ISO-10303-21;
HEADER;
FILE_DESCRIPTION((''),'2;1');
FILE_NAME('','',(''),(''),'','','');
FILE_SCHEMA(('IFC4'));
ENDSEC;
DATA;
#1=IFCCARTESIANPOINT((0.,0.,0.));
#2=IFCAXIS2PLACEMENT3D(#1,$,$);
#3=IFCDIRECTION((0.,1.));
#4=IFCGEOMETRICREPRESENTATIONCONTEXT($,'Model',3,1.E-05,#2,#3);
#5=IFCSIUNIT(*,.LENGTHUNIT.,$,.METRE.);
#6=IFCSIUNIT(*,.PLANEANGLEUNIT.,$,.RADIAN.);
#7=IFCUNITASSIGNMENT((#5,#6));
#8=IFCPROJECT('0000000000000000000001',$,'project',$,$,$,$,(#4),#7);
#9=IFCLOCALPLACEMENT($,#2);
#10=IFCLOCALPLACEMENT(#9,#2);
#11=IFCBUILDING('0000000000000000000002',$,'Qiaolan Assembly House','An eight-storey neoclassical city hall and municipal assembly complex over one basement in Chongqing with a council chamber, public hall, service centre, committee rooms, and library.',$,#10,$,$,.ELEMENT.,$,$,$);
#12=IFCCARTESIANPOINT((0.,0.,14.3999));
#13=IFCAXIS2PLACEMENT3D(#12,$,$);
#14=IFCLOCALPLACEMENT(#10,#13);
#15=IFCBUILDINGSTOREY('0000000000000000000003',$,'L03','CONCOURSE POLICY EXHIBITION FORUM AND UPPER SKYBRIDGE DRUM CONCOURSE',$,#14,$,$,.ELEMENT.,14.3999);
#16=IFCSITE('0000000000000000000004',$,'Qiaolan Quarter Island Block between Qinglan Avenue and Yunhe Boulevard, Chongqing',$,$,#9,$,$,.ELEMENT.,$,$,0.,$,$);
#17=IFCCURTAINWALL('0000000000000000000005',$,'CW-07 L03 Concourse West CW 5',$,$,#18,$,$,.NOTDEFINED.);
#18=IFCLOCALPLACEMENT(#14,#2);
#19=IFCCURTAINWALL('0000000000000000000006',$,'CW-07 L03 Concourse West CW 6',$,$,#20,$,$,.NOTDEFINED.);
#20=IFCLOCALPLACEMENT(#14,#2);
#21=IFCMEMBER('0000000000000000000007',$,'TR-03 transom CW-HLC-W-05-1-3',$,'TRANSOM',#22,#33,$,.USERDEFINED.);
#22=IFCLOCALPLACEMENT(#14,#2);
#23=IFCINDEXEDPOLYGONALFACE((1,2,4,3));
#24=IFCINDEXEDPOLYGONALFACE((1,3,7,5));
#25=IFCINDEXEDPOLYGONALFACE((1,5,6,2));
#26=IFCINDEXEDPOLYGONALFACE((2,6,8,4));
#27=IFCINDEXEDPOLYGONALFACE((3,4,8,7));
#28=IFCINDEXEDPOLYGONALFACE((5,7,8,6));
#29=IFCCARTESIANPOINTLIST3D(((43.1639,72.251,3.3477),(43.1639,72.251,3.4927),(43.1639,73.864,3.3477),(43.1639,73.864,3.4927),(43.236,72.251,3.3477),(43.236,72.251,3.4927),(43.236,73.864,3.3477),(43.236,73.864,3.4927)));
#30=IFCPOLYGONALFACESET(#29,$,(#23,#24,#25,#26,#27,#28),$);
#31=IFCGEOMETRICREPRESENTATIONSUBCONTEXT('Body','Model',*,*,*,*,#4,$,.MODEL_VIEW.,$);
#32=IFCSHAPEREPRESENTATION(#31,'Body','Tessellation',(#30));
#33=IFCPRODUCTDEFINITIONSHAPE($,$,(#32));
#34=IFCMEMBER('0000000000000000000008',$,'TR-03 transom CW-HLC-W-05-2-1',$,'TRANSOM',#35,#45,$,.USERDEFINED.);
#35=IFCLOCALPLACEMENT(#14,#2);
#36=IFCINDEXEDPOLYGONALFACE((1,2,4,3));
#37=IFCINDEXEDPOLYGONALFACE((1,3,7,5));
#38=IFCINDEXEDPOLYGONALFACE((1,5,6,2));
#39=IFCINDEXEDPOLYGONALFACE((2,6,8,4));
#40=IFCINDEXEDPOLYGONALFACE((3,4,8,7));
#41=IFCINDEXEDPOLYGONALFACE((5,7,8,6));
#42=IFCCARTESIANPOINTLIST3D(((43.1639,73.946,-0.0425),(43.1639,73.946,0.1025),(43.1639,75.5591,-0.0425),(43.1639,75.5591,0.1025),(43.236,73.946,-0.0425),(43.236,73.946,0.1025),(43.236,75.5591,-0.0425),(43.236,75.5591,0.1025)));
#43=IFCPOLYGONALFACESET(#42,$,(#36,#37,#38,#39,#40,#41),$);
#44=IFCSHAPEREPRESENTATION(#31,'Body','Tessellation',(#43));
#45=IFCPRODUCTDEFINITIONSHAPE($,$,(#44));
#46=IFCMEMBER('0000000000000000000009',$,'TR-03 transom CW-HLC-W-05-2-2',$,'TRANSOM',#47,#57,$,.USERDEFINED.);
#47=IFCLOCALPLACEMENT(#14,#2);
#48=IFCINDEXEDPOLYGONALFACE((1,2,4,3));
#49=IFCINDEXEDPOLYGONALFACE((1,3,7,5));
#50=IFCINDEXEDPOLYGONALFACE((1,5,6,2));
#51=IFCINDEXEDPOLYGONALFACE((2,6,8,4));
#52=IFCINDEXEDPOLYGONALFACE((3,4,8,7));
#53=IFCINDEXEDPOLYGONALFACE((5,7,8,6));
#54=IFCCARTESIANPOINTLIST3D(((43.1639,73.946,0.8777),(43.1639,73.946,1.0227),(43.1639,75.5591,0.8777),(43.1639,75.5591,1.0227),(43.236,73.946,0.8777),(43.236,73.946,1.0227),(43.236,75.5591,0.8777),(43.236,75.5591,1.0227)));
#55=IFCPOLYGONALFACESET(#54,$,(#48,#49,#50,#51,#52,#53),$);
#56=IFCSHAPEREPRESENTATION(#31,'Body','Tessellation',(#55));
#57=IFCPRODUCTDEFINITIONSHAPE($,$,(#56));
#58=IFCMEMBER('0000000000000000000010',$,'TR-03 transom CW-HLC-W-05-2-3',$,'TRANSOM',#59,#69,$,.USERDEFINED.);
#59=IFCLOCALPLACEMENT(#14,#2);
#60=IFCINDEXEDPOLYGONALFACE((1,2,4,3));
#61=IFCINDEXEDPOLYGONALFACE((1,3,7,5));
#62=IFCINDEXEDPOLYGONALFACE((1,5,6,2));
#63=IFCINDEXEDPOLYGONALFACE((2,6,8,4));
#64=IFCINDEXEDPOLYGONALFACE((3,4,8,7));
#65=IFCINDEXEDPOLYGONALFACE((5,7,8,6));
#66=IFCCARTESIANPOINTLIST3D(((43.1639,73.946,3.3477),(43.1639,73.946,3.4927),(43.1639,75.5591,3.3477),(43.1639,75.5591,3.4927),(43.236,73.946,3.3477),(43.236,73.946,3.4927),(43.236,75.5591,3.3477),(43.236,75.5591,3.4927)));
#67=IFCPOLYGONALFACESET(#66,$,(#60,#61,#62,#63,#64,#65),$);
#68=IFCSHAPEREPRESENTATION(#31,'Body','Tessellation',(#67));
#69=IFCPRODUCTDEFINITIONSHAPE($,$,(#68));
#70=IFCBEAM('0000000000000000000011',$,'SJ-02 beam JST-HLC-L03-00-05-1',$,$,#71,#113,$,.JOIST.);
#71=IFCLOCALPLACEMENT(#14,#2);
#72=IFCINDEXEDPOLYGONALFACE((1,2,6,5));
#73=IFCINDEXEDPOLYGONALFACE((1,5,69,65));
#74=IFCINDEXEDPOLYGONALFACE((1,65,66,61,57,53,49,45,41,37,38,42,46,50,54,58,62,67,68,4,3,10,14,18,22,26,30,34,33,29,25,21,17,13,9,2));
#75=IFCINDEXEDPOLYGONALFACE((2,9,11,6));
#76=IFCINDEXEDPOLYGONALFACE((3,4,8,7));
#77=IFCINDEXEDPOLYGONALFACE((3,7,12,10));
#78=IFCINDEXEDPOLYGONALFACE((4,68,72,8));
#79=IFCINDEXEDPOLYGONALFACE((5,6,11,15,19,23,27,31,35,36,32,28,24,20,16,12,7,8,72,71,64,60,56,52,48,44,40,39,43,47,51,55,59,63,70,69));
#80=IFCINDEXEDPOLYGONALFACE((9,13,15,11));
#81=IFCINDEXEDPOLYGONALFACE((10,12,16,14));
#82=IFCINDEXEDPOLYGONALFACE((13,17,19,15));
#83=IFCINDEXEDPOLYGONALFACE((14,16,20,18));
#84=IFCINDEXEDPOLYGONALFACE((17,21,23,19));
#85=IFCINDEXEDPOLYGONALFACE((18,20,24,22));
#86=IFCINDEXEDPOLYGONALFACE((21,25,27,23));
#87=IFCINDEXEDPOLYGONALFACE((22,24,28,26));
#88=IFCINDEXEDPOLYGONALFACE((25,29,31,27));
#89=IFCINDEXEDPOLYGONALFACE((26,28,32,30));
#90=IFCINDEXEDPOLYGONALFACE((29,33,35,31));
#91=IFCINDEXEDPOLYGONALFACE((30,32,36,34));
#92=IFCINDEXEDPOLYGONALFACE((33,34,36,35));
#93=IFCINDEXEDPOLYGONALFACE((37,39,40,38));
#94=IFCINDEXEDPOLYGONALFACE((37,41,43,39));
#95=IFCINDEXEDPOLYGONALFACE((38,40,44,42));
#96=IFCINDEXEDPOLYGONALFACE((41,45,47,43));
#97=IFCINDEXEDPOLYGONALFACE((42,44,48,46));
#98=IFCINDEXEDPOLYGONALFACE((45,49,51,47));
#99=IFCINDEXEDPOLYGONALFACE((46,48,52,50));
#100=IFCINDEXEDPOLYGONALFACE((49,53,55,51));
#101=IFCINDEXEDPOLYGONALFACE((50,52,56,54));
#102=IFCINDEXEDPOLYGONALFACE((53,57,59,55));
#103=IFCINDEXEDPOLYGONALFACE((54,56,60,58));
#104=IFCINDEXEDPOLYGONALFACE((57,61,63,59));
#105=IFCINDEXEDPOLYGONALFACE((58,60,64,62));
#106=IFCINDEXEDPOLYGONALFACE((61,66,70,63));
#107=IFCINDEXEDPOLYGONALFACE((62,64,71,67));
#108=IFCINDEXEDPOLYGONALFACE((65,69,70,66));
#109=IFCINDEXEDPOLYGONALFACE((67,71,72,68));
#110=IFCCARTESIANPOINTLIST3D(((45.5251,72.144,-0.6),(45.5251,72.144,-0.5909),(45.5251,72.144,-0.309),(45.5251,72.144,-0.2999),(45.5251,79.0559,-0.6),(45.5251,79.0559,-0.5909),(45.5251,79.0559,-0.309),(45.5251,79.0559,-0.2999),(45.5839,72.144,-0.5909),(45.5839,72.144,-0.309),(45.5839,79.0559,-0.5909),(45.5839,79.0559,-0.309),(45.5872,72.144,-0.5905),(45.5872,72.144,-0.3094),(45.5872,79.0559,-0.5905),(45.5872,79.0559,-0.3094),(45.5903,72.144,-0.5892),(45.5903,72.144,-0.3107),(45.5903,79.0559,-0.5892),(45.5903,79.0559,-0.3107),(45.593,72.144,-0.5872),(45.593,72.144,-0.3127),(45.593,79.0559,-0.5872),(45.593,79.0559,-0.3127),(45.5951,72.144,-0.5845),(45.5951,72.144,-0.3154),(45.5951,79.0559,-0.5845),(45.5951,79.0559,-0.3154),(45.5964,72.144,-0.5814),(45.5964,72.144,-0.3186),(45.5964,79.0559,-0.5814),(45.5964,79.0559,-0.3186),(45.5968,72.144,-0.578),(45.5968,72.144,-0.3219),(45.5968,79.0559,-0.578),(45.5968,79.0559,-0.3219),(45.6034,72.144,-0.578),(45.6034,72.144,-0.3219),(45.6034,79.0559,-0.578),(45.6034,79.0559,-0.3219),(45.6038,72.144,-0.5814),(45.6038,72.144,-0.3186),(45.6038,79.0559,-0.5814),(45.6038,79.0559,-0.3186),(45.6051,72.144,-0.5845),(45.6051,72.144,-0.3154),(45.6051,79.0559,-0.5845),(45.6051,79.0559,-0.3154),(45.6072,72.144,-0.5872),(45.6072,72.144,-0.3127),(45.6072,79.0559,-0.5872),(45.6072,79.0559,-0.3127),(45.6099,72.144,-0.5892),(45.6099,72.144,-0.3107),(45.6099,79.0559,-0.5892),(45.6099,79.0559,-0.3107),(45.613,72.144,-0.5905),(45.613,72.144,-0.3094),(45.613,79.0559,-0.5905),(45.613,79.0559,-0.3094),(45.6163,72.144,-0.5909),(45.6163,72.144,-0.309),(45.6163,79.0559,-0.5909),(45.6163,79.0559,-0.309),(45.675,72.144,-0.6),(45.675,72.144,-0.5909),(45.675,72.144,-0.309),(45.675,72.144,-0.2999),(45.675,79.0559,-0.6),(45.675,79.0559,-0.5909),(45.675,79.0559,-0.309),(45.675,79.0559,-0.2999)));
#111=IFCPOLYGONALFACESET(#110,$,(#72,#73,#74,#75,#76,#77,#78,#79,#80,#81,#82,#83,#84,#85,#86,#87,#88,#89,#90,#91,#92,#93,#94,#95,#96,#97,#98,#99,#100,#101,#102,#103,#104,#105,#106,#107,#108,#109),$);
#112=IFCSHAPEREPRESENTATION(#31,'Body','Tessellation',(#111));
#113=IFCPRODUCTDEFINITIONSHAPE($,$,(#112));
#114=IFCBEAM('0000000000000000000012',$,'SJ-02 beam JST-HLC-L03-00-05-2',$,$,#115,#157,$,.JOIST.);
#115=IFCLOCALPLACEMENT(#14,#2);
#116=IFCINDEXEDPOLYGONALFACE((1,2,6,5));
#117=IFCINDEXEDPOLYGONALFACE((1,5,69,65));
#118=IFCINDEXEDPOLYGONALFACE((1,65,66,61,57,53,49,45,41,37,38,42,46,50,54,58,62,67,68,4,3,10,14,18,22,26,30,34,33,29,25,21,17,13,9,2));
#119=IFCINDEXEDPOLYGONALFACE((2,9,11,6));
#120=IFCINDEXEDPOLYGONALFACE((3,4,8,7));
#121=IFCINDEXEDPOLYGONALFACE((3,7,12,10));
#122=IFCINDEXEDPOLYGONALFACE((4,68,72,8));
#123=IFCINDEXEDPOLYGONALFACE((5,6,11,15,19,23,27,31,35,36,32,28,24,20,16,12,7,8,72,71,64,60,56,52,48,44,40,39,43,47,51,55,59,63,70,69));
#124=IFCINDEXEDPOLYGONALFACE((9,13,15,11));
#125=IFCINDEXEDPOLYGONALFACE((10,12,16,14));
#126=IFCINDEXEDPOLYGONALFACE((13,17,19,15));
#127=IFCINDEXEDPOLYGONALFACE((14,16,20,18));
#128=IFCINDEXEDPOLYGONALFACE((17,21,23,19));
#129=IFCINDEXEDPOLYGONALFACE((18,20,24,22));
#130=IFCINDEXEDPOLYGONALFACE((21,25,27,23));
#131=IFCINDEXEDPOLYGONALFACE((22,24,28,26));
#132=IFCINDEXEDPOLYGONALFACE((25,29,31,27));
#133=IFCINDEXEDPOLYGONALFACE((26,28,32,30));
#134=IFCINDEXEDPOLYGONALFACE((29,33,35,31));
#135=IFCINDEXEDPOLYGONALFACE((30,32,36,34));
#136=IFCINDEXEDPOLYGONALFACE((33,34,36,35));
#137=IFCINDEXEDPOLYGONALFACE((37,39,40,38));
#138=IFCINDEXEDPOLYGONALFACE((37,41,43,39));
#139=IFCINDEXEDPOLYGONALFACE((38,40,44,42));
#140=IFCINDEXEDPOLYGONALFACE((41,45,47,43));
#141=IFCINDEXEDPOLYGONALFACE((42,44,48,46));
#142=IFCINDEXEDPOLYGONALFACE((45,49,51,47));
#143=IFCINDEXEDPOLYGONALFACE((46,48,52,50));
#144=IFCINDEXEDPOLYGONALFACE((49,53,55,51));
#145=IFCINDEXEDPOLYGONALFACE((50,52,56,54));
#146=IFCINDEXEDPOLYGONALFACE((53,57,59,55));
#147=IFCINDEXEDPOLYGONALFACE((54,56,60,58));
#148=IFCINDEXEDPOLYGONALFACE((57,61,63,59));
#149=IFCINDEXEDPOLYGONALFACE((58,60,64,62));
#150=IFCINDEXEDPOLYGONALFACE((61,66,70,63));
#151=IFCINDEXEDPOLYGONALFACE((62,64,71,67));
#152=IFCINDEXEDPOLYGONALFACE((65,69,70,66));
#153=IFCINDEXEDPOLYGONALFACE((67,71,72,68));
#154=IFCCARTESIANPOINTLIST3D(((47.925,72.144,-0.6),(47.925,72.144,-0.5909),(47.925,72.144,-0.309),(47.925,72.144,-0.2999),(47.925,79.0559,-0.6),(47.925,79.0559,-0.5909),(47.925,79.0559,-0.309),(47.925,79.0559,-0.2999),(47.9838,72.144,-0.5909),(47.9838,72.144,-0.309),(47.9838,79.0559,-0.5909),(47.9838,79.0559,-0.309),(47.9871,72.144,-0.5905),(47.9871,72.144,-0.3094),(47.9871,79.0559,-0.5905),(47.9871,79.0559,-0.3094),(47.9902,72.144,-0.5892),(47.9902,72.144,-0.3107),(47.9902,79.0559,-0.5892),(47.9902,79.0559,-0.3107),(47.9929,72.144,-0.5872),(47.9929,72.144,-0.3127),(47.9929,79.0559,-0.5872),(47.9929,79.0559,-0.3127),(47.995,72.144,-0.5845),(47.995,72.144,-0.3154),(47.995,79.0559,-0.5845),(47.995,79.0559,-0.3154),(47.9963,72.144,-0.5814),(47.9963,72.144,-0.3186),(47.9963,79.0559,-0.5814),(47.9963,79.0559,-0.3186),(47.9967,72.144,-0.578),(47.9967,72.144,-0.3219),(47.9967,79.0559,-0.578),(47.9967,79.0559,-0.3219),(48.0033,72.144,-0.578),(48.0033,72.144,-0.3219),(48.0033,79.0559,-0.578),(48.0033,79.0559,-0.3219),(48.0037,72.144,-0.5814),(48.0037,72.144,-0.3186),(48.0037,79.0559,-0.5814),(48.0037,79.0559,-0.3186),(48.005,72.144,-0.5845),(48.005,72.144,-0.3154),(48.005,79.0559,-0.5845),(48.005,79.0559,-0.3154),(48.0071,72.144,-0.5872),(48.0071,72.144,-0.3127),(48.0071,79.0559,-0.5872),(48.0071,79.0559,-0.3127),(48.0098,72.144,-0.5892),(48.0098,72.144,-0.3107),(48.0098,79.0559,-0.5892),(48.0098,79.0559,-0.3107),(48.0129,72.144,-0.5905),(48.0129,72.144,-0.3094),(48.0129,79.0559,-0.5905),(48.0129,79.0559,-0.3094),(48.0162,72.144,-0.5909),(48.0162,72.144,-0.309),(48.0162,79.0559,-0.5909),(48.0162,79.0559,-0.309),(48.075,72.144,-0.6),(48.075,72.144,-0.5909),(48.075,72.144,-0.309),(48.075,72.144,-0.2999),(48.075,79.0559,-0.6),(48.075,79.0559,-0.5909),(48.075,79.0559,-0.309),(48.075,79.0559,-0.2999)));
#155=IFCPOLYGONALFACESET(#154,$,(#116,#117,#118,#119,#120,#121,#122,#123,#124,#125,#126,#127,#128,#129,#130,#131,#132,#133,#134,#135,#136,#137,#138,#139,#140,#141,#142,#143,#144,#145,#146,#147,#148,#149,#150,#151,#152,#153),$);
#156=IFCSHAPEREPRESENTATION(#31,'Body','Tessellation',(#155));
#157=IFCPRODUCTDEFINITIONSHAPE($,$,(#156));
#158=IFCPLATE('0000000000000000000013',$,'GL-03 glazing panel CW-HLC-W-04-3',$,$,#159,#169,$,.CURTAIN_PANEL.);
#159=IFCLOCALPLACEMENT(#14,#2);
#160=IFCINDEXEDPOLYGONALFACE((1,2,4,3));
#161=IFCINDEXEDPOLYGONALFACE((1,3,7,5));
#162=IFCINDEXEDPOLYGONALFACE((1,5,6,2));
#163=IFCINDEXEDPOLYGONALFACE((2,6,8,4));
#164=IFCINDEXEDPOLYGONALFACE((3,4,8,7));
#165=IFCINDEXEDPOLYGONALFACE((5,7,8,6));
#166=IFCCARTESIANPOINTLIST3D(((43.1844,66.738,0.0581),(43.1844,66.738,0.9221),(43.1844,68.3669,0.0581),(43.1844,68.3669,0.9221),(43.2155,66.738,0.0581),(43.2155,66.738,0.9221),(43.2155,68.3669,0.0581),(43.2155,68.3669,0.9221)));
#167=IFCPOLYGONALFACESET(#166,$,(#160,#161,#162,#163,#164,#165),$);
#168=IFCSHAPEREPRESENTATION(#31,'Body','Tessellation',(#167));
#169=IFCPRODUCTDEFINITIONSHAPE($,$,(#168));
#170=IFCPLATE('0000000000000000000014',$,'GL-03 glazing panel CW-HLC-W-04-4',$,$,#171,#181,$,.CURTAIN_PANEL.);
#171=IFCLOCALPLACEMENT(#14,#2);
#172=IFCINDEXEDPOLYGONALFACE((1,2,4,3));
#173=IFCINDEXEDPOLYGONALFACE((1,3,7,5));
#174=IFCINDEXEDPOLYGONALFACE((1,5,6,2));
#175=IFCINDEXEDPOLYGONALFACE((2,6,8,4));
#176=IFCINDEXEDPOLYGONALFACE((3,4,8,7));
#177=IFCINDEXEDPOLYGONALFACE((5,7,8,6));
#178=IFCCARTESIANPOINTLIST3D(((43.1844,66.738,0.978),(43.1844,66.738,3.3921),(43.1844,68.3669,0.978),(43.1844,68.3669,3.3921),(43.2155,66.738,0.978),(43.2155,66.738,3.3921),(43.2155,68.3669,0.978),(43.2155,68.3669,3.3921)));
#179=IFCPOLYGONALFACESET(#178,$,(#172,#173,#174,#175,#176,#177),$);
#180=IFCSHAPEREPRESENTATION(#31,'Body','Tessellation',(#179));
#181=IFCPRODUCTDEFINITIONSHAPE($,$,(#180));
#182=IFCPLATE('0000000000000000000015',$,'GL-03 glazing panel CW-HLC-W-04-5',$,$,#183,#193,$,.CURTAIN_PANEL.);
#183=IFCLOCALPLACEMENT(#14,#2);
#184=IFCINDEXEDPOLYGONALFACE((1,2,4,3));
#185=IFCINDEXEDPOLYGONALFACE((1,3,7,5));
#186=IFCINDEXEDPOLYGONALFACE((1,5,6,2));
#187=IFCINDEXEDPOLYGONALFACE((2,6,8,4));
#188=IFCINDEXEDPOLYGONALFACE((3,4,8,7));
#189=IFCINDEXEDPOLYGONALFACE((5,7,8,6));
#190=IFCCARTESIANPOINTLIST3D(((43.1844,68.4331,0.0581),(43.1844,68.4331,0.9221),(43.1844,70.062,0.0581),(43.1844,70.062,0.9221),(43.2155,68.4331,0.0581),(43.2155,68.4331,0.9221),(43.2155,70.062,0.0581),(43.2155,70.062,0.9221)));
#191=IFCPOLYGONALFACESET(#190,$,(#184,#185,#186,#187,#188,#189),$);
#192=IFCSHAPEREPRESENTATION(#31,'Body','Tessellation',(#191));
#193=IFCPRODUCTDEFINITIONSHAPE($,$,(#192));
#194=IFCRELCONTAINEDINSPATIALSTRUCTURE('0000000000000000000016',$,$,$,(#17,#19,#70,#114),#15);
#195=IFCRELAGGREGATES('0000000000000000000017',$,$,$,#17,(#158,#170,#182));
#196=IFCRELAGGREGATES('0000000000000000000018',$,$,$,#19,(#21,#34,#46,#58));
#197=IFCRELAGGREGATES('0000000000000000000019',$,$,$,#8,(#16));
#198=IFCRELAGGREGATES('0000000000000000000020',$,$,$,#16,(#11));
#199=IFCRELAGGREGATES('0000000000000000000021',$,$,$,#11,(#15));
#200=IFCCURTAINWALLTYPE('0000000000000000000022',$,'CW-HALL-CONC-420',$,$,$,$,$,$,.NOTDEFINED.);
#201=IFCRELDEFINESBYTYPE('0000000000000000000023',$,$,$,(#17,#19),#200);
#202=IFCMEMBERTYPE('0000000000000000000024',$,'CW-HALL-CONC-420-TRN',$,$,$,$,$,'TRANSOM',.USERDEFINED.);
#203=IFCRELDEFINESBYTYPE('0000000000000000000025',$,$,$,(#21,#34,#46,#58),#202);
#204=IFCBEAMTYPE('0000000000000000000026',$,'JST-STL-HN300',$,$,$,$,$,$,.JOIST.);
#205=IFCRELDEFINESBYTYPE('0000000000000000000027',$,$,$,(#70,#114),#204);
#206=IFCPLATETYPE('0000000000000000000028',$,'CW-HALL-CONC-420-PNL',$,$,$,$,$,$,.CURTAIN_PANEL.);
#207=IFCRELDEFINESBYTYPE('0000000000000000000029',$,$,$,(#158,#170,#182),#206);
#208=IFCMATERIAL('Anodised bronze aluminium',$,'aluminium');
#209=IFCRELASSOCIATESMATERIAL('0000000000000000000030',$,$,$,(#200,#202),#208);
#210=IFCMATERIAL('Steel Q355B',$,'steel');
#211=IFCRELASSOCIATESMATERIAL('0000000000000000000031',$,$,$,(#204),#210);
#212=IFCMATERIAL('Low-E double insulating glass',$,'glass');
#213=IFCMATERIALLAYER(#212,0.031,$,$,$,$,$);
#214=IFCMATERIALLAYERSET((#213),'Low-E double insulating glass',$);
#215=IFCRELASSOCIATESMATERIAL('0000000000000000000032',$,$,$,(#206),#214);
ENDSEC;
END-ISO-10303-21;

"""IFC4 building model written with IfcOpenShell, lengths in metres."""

from ifc_helpers import new_model, si_unit, direction, frame, frame_2d, origin, origin_2d, place, context, subcontext, project, spatial, rectangle, i_section, extrude, material, layer, layer_set, material_profile, profile_set, type_object, element, aggregate, save


model = new_model("IFC4")

# Units and contexts
model_context = context("Model", 3, precision=1e-05, world=origin(), true_north=direction((0.0, 1.0)))
body_context = subcontext(model_context, "Body", "Model", "MODEL_VIEW")
ifc_project = project(units=[si_unit("LENGTHUNIT", "METRE"), si_unit("PLANEANGLEUNIT", "RADIAN")], contexts=[model_context])

# Site, building, storey
site_placement = place(None, origin())
site = spatial("IfcSite", under=ifc_project, at=site_placement, Name="Qiaolan Quarter Island Block between Qinglan Avenue and Yunhe Boulevard, Chongqing", CompositionType="ELEMENT", RefElevation=0.0)
building_placement = place(site_placement, origin())
building = spatial("IfcBuilding", under=site, at=building_placement, Name="Qiaolan Assembly House", Description="An eight-storey neoclassical city hall and municipal assembly complex over one basement in Chongqing with a council chamber, public hall, service centre, committee rooms, and library.", CompositionType="ELEMENT")
storey_placement = place(building_placement, frame((0.0, 0.0, 14.3999)))
storey = spatial("IfcBuildingStorey", under=building, at=storey_placement, Name="L03", Description="CONCOURSE POLICY EXHIBITION FORUM AND UPPER SKYBRIDGE DRUM CONCOURSE", CompositionType="ELEMENT", Elevation=14.3999)

# Shared definitions
ifc_material_1 = material(Name="Steel Q355B", Category="steel")

# Curtain walls
ifc_material_2 = material(Name="Anodised bronze aluminium", Category="aluminium")
curtain_wall_type = type_object("IfcCurtainWallType", Name="CW-HALL-CONC-420", PredefinedType="NOTDEFINED", material=ifc_material_2)
curtain_wall_1_placement = place(storey_placement, origin())
curtain_wall_1 = element("IfcCurtainWall", 1, at=curtain_wall_1_placement, inside=storey, type_object=curtain_wall_type, Name="CW-07 L03 Concourse West CW 5", PredefinedType="NOTDEFINED")
curtain_wall_2_placement = place(storey_placement, origin())
curtain_wall_2 = element("IfcCurtainWall", 2, at=curtain_wall_2_placement, inside=storey, type_object=curtain_wall_type, Name="CW-07 L03 Concourse West CW 6", PredefinedType="NOTDEFINED")

# Members
ifc_material_profile_1 = material_profile(ifc_material_2, rectangle(XDim=0.072, YDim=0.145, at=origin_2d()), Name="TRN 72x145")
ifc_profile_set_1 = profile_set([ifc_material_profile_1], Name="Anodised bronze aluminium")
member_type_1 = type_object("IfcMemberType", Name="CW-HALL-CONC-420-TRN", ElementType="TRANSOM", PredefinedType="USERDEFINED", material=ifc_profile_set_1)
member_1_placement = place(storey_placement, frame((43.2, 72.251, 3.4202), z_axis=(0.0, 1.0, 0.0), x_axis=(-1.0, 0.0, 0.0)))
member_1 = element("IfcMember", 3, at=member_1_placement, type_object=member_type_1, Name="TR-03 transom CW-HLC-W-05-1-3", ObjectType="TRANSOM", PredefinedType="USERDEFINED", context=body_context, shape_type="SweptSolid", body=[
    extrude(rectangle(XDim=0.072, YDim=0.145, at=origin_2d()), origin(), (0.0, 0.0, 1.0), 1.613),
])
member_2_placement = place(storey_placement, frame((43.2, 73.946, 0.03), z_axis=(0.0, 1.0, 0.0), x_axis=(-1.0, 0.0, 0.0)))
member_2 = element("IfcMember", 4, at=member_2_placement, type_object=member_type_1, Name="TR-03 transom CW-HLC-W-05-2-1", ObjectType="TRANSOM", PredefinedType="USERDEFINED", context=body_context, shape_type="SweptSolid", body=[
    extrude(rectangle(XDim=0.072, YDim=0.145, at=origin_2d()), origin(), (0.0, 0.0, 1.0), 1.613),
])
member_3_placement = place(storey_placement, frame((43.2, 73.946, 0.9502), z_axis=(0.0, 1.0, 0.0), x_axis=(-1.0, 0.0, 0.0)))
member_3 = element("IfcMember", 5, at=member_3_placement, type_object=member_type_1, Name="TR-03 transom CW-HLC-W-05-2-2", ObjectType="TRANSOM", PredefinedType="USERDEFINED", context=body_context, shape_type="SweptSolid", body=[
    extrude(rectangle(XDim=0.072, YDim=0.145, at=origin_2d()), origin(), (0.0, 0.0, 1.0), 1.613),
])
member_4_placement = place(storey_placement, frame((43.2, 73.946, 3.4202), z_axis=(0.0, 1.0, 0.0), x_axis=(-1.0, 0.0, 0.0)))
member_4 = element("IfcMember", 6, at=member_4_placement, type_object=member_type_1, Name="TR-03 transom CW-HLC-W-05-2-3", ObjectType="TRANSOM", PredefinedType="USERDEFINED", context=body_context, shape_type="SweptSolid", body=[
    extrude(rectangle(XDim=0.072, YDim=0.145, at=origin_2d()), origin(), (0.0, 0.0, 1.0), 1.613),
])

# Beams
ifc_material_profile_2 = material_profile(ifc_material_1, i_section(OverallWidth=0.1499, OverallDepth=0.3, WebThickness=0.0066, FlangeThickness=0.009, FilletRadius=0.0129, at=origin_2d()), Name="HN 300x150x6.5x9")
ifc_profile_set_2 = profile_set([ifc_material_profile_2], Name="Steel Q355B")
beam_type_1 = type_object("IfcBeamType", Name="JST-STL-HN300", PredefinedType="JOIST", material=ifc_profile_set_2)
for number, where, z_axis, x_axis, name in (
    (7, (45.6001, 72.144, -0.45), (0.0, 1.0, 0.0), (-1.0, 0.0, 0.0), "SJ-02 beam JST-HLC-L03-00-05-1"),
    (8, (48.0, 72.144, -0.45), (0.0, 1.0, 0.0), (-1.0, 0.0, 0.0), "SJ-02 beam JST-HLC-L03-00-05-2"),
):
    element("IfcBeam", number, at=place(storey_placement, frame(where, z_axis=z_axis, x_axis=x_axis)), inside=storey, type_object=beam_type_1, Name=name, PredefinedType="JOIST", context=body_context, shape_type="SweptSolid", body=[
        extrude(i_section(OverallWidth=0.1499, OverallDepth=0.3, WebThickness=0.0066, FlangeThickness=0.009, FilletRadius=0.0129, at=origin_2d()), origin(), (0.0, 0.0, 1.0), 6.9119),
    ])

# Plates
ifc_material_3 = material(Name="Low-E double insulating glass", Category="glass")
ifc_layer_1 = layer(ifc_material_3, 0.031)
ifc_layer_set_1 = layer_set([ifc_layer_1], Name="Low-E double insulating glass")
plate_type_1 = type_object("IfcPlateType", Name="CW-HALL-CONC-420-PNL", PredefinedType="CURTAIN_PANEL", material=ifc_layer_set_1)
plate_1_placement = place(storey_placement, frame((43.2, 66.738, 0.0581), z_axis=(0.0, 0.0, 1.0), x_axis=(0.0, 1.0, 0.0)))
plate_1 = element("IfcPlate", 9, at=plate_1_placement, type_object=plate_type_1, Name="GL-03 glazing panel CW-HLC-W-04-3", PredefinedType="CURTAIN_PANEL", context=body_context, shape_type="SweptSolid", body=[
    extrude(rectangle(XDim=1.6289, YDim=0.031, at=frame_2d((0.8145, 0.0))), origin(), (0.0, 0.0, 1.0), 0.864),
])
plate_2_placement = place(storey_placement, frame((43.2, 66.738, 0.978), z_axis=(0.0, 0.0, 1.0), x_axis=(0.0, 1.0, 0.0)))
plate_2 = element("IfcPlate", 10, at=plate_2_placement, type_object=plate_type_1, Name="GL-03 glazing panel CW-HLC-W-04-4", PredefinedType="CURTAIN_PANEL", context=body_context, shape_type="SweptSolid", body=[
    extrude(rectangle(XDim=1.6289, YDim=0.031, at=frame_2d((0.8145, 0.0))), origin(), (0.0, 0.0, 1.0), 2.4141),
])
plate_3_placement = place(storey_placement, frame((43.2, 68.4331, 0.0581), z_axis=(0.0, 0.0, 1.0), x_axis=(0.0, 1.0, 0.0)))
plate_3 = element("IfcPlate", 11, at=plate_3_placement, type_object=plate_type_1, Name="GL-03 glazing panel CW-HLC-W-04-5", PredefinedType="CURTAIN_PANEL", context=body_context, shape_type="SweptSolid", body=[
    extrude(rectangle(XDim=1.6289, YDim=0.031, at=frame_2d((0.8145, 0.0))), origin(), (0.0, 0.0, 1.0), 0.864),
])
aggregate(curtain_wall_1, [plate_1, plate_2, plate_3])
aggregate(curtain_wall_2, [member_1, member_2, member_3, member_4])

save(model, "model.ifc")
